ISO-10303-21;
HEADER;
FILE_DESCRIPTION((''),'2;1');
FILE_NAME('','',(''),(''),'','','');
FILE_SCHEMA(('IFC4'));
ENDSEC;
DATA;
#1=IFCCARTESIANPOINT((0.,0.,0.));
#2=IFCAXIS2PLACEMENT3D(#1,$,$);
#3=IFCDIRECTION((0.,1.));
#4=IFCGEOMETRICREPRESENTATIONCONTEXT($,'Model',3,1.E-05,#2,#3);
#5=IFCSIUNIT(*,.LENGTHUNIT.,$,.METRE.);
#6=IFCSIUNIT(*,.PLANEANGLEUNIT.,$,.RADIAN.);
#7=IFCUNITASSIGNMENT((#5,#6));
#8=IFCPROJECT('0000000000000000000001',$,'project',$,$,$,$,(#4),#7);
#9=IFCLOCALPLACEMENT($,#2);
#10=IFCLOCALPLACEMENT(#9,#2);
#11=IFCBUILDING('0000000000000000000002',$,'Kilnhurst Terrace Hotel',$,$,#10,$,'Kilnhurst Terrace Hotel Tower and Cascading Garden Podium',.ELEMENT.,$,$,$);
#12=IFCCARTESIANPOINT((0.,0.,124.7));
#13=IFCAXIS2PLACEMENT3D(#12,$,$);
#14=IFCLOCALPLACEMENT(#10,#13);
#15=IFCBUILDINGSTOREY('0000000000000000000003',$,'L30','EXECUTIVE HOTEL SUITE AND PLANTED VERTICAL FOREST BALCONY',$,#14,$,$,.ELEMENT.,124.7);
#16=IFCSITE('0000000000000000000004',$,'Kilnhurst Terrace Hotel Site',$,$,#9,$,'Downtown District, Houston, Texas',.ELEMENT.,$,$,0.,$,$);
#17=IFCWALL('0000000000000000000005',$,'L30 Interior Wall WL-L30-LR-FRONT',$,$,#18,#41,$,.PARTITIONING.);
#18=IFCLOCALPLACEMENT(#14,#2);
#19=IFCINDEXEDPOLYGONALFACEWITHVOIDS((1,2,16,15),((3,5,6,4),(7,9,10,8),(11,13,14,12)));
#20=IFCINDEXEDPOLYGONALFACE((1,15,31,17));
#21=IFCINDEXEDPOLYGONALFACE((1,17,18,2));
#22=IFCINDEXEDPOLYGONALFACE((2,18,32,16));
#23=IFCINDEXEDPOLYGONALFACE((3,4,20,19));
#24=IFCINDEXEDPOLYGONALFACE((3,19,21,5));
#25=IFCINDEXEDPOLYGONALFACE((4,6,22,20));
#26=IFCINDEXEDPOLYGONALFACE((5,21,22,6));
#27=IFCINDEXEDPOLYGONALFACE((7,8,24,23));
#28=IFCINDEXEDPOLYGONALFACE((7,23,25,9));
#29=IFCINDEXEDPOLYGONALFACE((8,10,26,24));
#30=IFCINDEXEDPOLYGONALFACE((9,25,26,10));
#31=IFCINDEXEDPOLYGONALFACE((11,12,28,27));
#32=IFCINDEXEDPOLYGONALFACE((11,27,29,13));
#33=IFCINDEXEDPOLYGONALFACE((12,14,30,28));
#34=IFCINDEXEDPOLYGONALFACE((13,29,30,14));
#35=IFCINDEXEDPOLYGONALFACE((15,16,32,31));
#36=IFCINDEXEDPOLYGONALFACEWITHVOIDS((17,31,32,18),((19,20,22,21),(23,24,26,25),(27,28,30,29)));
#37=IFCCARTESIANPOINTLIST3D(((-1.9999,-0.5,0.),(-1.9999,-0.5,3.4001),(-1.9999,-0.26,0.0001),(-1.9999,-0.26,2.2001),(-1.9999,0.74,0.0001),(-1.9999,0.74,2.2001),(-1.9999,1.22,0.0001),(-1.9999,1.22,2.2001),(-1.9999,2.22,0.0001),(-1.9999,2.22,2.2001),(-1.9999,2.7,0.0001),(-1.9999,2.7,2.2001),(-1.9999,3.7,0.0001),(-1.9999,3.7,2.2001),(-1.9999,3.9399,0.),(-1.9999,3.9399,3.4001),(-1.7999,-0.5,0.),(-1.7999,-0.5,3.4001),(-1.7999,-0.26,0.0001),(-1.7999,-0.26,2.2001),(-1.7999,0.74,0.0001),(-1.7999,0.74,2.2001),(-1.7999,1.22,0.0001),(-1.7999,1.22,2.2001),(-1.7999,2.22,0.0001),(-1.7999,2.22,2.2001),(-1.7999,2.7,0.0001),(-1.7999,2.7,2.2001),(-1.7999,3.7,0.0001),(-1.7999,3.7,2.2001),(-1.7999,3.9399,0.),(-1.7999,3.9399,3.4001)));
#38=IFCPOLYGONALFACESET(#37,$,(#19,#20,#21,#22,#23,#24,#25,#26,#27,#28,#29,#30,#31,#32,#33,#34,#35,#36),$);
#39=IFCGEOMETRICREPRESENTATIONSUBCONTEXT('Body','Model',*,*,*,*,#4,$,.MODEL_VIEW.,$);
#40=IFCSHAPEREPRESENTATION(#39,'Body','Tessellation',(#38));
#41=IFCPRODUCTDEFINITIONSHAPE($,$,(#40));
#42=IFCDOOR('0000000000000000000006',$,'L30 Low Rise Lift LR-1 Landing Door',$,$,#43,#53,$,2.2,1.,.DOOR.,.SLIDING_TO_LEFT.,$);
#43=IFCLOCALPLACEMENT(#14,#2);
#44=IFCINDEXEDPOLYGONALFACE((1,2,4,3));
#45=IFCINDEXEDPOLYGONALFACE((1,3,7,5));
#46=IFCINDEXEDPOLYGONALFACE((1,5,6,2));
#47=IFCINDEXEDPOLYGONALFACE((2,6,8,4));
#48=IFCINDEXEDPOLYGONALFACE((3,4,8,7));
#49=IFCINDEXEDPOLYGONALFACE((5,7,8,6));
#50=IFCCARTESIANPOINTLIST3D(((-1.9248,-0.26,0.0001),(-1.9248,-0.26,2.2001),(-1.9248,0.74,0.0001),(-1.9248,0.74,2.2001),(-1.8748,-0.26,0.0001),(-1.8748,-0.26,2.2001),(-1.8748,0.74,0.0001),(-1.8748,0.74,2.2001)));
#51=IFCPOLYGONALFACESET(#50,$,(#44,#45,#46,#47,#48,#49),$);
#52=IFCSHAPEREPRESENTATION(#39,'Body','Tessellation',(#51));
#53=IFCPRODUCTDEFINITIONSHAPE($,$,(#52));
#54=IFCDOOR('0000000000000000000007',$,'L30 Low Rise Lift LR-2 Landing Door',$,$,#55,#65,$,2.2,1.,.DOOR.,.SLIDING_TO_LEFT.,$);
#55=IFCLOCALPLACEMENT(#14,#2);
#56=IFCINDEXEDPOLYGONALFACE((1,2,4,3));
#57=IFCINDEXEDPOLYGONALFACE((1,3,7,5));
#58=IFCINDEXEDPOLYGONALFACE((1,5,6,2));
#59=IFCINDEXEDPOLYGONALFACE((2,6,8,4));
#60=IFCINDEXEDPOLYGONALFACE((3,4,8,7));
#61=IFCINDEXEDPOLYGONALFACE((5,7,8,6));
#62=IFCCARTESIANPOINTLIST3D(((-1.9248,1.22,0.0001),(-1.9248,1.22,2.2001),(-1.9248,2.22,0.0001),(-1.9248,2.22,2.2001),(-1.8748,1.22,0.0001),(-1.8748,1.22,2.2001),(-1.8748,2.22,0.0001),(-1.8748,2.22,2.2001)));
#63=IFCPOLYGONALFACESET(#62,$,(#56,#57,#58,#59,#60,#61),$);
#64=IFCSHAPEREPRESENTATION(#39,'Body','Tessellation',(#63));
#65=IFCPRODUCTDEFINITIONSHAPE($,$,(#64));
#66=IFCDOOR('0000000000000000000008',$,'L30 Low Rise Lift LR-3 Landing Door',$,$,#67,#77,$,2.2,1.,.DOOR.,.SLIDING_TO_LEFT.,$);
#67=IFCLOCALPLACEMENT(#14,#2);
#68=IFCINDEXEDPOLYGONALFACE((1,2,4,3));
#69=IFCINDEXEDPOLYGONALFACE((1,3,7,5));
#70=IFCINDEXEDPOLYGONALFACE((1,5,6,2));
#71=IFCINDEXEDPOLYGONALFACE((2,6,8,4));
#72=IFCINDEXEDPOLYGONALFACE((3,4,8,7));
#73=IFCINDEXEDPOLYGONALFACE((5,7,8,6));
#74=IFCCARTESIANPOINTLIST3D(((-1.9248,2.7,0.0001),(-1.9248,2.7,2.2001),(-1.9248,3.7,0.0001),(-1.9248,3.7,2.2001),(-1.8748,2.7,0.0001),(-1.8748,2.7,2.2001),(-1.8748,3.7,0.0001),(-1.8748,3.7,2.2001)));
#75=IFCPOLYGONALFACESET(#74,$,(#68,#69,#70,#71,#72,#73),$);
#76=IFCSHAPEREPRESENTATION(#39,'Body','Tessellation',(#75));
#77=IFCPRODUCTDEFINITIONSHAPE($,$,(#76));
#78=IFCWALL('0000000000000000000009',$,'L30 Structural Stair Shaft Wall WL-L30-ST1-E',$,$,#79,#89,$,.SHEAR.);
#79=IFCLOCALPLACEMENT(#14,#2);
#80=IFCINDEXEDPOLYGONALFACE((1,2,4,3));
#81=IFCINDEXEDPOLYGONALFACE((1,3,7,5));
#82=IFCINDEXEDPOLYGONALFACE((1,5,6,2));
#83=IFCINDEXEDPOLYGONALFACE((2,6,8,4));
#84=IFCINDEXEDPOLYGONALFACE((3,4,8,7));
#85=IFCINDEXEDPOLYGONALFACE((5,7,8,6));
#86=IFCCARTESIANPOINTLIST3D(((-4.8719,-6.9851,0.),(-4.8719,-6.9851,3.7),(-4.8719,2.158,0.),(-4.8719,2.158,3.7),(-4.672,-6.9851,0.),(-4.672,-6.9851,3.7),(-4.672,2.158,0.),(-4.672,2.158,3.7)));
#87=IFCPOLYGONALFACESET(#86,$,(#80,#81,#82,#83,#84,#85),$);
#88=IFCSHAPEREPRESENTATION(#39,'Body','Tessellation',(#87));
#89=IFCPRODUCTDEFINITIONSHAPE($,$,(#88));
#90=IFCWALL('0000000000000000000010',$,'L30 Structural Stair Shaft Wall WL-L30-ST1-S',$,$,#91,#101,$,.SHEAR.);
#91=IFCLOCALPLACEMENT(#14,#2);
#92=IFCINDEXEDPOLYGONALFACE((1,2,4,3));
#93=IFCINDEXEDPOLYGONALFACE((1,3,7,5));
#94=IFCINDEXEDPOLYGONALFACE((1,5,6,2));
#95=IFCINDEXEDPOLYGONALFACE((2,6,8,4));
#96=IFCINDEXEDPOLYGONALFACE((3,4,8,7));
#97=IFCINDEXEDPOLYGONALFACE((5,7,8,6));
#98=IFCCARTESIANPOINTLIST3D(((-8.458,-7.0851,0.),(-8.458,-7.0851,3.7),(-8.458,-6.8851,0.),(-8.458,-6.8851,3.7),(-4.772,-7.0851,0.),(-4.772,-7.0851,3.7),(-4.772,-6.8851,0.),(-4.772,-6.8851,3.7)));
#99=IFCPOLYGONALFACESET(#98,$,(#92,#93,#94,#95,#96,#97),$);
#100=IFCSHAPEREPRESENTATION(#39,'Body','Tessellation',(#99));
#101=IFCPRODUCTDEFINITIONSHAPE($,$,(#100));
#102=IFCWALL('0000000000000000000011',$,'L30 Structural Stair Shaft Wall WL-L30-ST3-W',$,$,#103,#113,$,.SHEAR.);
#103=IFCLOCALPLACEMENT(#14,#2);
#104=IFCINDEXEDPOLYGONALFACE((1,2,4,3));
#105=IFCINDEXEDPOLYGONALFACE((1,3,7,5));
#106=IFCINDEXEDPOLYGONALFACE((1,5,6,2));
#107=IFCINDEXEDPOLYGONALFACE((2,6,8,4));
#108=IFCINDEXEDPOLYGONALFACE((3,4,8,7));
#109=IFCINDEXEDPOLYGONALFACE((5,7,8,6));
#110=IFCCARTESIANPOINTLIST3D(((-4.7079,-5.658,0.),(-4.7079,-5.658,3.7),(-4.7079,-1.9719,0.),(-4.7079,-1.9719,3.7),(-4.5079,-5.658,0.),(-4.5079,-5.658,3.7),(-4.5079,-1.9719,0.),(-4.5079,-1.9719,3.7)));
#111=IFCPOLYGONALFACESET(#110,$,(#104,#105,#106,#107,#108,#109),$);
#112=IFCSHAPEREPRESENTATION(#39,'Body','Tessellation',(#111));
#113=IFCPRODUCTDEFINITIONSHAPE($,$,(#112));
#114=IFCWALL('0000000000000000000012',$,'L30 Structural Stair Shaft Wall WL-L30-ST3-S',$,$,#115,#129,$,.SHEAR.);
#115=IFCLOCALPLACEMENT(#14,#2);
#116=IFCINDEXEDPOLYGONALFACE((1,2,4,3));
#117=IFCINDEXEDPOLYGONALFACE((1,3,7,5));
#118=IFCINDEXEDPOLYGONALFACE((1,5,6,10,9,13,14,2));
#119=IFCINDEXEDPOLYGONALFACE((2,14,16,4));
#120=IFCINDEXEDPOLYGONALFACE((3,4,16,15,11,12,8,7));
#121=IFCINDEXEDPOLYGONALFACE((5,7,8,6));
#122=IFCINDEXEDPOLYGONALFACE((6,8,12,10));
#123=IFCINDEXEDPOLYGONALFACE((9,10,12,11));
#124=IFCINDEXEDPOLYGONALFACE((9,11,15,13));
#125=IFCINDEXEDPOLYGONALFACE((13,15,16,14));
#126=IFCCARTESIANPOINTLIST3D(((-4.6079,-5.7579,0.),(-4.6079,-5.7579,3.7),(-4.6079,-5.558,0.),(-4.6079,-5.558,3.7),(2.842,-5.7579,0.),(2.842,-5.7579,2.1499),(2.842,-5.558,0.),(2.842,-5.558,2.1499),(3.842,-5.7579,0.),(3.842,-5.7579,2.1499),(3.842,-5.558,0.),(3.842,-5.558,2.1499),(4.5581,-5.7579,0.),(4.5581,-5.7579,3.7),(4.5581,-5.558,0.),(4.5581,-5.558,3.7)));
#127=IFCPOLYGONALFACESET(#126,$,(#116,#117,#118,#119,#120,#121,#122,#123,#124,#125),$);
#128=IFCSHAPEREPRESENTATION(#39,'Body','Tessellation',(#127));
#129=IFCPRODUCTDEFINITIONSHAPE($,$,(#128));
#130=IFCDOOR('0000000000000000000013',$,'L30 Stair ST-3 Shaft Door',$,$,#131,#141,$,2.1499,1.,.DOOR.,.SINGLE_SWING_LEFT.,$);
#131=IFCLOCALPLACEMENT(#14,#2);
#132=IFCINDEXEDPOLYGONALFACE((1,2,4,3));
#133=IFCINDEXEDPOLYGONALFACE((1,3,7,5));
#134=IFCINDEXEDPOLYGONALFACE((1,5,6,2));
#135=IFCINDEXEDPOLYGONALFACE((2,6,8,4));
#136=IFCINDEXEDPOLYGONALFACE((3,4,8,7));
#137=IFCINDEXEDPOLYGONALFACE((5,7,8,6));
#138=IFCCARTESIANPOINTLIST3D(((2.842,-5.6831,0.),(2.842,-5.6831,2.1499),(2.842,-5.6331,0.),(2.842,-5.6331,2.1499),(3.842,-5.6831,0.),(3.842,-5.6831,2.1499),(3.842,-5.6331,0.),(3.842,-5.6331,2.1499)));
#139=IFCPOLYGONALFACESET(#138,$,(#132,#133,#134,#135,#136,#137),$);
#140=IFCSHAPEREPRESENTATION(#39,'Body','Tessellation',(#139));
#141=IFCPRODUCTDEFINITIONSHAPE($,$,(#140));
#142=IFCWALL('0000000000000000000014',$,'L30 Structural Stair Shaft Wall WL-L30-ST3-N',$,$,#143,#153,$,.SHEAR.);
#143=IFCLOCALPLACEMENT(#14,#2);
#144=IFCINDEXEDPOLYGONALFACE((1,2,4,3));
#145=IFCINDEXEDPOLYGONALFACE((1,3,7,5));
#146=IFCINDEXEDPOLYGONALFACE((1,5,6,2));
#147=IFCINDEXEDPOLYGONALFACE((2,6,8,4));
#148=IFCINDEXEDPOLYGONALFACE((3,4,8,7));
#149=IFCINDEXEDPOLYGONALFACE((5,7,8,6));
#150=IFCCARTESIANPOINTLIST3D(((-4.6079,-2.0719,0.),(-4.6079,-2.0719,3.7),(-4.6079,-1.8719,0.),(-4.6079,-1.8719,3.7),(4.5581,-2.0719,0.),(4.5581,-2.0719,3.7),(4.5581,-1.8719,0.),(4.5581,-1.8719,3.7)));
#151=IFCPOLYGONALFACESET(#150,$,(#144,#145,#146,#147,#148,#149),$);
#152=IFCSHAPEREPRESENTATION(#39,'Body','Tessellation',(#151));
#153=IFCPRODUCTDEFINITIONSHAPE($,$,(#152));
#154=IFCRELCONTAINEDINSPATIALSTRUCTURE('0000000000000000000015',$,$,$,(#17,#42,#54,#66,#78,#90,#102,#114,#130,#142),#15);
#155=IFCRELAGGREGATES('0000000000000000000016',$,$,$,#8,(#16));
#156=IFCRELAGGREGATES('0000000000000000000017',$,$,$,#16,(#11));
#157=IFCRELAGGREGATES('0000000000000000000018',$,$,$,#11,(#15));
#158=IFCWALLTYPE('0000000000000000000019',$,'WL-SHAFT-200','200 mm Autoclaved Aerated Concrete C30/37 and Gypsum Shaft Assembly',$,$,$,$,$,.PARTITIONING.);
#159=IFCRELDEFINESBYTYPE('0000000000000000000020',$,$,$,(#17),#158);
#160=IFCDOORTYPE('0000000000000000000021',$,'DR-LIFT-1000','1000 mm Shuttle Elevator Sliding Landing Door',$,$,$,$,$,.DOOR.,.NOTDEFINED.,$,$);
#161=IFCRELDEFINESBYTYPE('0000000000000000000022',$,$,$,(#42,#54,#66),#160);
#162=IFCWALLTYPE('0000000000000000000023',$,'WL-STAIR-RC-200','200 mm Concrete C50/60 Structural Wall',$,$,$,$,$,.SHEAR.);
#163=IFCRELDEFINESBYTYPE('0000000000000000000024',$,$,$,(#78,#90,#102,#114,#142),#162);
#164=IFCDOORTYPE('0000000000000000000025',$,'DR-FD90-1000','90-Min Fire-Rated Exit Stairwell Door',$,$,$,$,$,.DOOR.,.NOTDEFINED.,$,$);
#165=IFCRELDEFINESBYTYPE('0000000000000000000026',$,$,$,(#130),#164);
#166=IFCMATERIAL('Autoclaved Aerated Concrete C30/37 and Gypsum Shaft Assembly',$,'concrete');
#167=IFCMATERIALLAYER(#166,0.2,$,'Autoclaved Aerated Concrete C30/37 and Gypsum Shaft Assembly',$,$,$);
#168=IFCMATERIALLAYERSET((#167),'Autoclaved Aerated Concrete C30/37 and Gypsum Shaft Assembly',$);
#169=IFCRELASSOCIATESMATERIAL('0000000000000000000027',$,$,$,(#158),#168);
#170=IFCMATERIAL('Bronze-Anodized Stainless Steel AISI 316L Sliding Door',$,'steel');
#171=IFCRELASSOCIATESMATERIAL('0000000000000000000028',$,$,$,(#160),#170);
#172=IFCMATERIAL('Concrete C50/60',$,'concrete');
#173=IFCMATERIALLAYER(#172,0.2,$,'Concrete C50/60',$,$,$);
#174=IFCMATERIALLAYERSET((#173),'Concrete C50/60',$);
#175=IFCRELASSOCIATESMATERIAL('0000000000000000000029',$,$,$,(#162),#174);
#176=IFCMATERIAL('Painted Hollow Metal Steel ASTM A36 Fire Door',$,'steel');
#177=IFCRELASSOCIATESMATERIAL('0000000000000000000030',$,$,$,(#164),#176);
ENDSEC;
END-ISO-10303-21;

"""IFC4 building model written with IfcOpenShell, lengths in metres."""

from ifc_helpers import new_model, si_unit, direction, frame, frame_2d, origin, place, context, subcontext, project, spatial, rectangle, extrude, material, layer, layer_set, type_object, element, fill, save


model = new_model("IFC4")

# Units and contexts
model_context = context("Model", 3, precision=1e-05, world=origin(), true_north=direction((0.0, 1.0)))
body_context = subcontext(model_context, "Body", "Model", "MODEL_VIEW")
ifc_project = project(units=[si_unit("LENGTHUNIT", "METRE"), si_unit("PLANEANGLEUNIT", "RADIAN")], contexts=[model_context])

# Site, building, storey
site_placement = place(None, origin())
site = spatial("IfcSite", under=ifc_project, at=site_placement, Name="Kilnhurst Terrace Hotel Site", LongName="Downtown District, Houston, Texas", CompositionType="ELEMENT", RefElevation=0.0)
building_placement = place(site_placement, origin())
building = spatial("IfcBuilding", under=site, at=building_placement, Name="Kilnhurst Terrace Hotel", LongName="Kilnhurst Terrace Hotel Tower and Cascading Garden Podium", CompositionType="ELEMENT")
storey_placement = place(building_placement, frame((0.0, 0.0, 124.7)))
storey = spatial("IfcBuildingStorey", under=building, at=storey_placement, Name="L30", Description="EXECUTIVE HOTEL SUITE AND PLANTED VERTICAL FOREST BALCONY", CompositionType="ELEMENT", Elevation=124.7)

# Shared definitions
ifc_material_1 = material(Name="Concrete C50/60", Category="concrete")

# Shared definitions
ifc_material_2 = material(Name="Autoclaved Aerated Concrete C30/37 and Gypsum Shaft Assembly", Category="concrete")
ifc_layer_1 = layer(ifc_material_2, 0.2, Name="Autoclaved Aerated Concrete C30/37 and Gypsum Shaft Assembly")
ifc_layer_set_1 = layer_set([ifc_layer_1], Name="Autoclaved Aerated Concrete C30/37 and Gypsum Shaft Assembly")
wall_type_1 = type_object("IfcWallType", Name="WL-SHAFT-200", Description="200 mm Autoclaved Aerated Concrete C30/37 and Gypsum Shaft Assembly", PredefinedType="PARTITIONING", material=ifc_layer_set_1)
ifc_material_3 = material(Name="Bronze-Anodized Stainless Steel AISI 316L Sliding Door", Category="steel")
door_type_1 = type_object("IfcDoorType", Name="DR-LIFT-1000", Description="1000 mm Shuttle Elevator Sliding Landing Door", OperationType="NOTDEFINED", PredefinedType="DOOR", material=ifc_material_3)

# Wall, openings, doors
wall_1_placement = place(storey_placement, frame((-1.8999, -0.5, 0.0), z_axis=(0.0, 0.0, 1.0), x_axis=(0.0, 1.0, 0.0)))
wall_1 = element("IfcWall", 1, at=wall_1_placement, inside=storey, type_object=wall_type_1, Name="L30 Interior Wall WL-L30-LR-FRONT", PredefinedType="PARTITIONING", context=body_context, shape_type="SweptSolid", body=[
    extrude(rectangle(XDim=4.4399, YDim=0.2, at=frame_2d((2.22, 0.0))), origin(), (0.0, 0.0, 1.0), 3.4001),
])
opening_1_placement = place(wall_1_placement, frame((0.24, 0.0, 0.0)))
opening_1 = element("IfcOpeningElement", 2, at=opening_1_placement, cuts=wall_1, PredefinedType="OPENING", context=body_context, shape_type="SweptSolid", body=[
    extrude(rectangle(XDim=1.0, YDim=2.2, at=frame_2d((0.5, 1.1001))), frame((0.0, 0.1099, 0.0), z_axis=(0.0, -1.0, 0.0), x_axis=(1.0, 0.0, 0.0)), (0.0, 0.0, 1.0), 0.22),
])
opening_2_placement = place(wall_1_placement, frame((1.72, 0.0, 0.0)))
opening_2 = element("IfcOpeningElement", 3, at=opening_2_placement, cuts=wall_1, PredefinedType="OPENING", context=body_context, shape_type="SweptSolid", body=[
    extrude(rectangle(XDim=1.0, YDim=2.2, at=frame_2d((0.5, 1.1001))), frame((0.0, 0.1099, 0.0), z_axis=(0.0, -1.0, 0.0), x_axis=(1.0, 0.0, 0.0)), (0.0, 0.0, 1.0), 0.22),
])
opening_3_placement = place(wall_1_placement, frame((3.2, 0.0, 0.0)))
opening_3 = element("IfcOpeningElement", 4, at=opening_3_placement, cuts=wall_1, PredefinedType="OPENING", context=body_context, shape_type="SweptSolid", body=[
    extrude(rectangle(XDim=1.0, YDim=2.2, at=frame_2d((0.5, 1.1001))), frame((0.0, 0.1099, 0.0), z_axis=(0.0, -1.0, 0.0), x_axis=(1.0, 0.0, 0.0)), (0.0, 0.0, 1.0), 0.22),
])
door_1_placement = place(opening_1_placement, origin())
door_1 = element("IfcDoor", 5, at=door_1_placement, inside=storey, type_object=door_type_1, Name="L30 Low Rise Lift LR-1 Landing Door", OperationType="SLIDING_TO_LEFT", OverallHeight=2.2, OverallWidth=1.0, PredefinedType="DOOR", context=body_context, shape_type="SweptSolid", body=[
    extrude(rectangle(XDim=1.0, YDim=2.2, at=frame_2d((0.5, 1.1001))), frame((0.0, 0.0249, 0.0), z_axis=(0.0, -1.0, 0.0), x_axis=(1.0, 0.0, 0.0)), (0.0, 0.0, 1.0), 0.05),
])
fill(opening_1, door_1)
door_2_placement = place(opening_2_placement, origin())
door_2 = element("IfcDoor", 6, at=door_2_placement, inside=storey, type_object=door_type_1, Name="L30 Low Rise Lift LR-2 Landing Door", OperationType="SLIDING_TO_LEFT", OverallHeight=2.2, OverallWidth=1.0, PredefinedType="DOOR", context=body_context, shape_type="SweptSolid", body=[
    extrude(rectangle(XDim=1.0, YDim=2.2, at=frame_2d((0.5, 1.1001))), frame((0.0, 0.0249, 0.0), z_axis=(0.0, -1.0, 0.0), x_axis=(1.0, 0.0, 0.0)), (0.0, 0.0, 1.0), 0.05),
])
fill(opening_2, door_2)
door_3_placement = place(opening_3_placement, origin())
door_3 = element("IfcDoor", 7, at=door_3_placement, inside=storey, type_object=door_type_1, Name="L30 Low Rise Lift LR-3 Landing Door", OperationType="SLIDING_TO_LEFT", OverallHeight=2.2, OverallWidth=1.0, PredefinedType="DOOR", context=body_context, shape_type="SweptSolid", body=[
    extrude(rectangle(XDim=1.0, YDim=2.2, at=frame_2d((0.5, 1.1001))), frame((0.0, 0.0249, 0.0), z_axis=(0.0, -1.0, 0.0), x_axis=(1.0, 0.0, 0.0)), (0.0, 0.0, 1.0), 0.05),
])
fill(opening_3, door_3)

# Walls
ifc_layer_2 = layer(ifc_material_1, 0.2, Name="Concrete C50/60")
ifc_layer_set_2 = layer_set([ifc_layer_2], Name="Concrete C50/60")
wall_type_2 = type_object("IfcWallType", Name="WL-STAIR-RC-200", Description="200 mm Concrete C50/60 Structural Wall", PredefinedType="SHEAR", material=ifc_layer_set_2)
wall_2_placement = place(storey_placement, frame((-4.772, -6.9851, 0.0), z_axis=(0.0, 0.0, 1.0), x_axis=(0.0, 1.0, 0.0)))
element("IfcWall", 8, at=wall_2_placement, inside=storey, type_object=wall_type_2, Name="L30 Structural Stair Shaft Wall WL-L30-ST1-E", PredefinedType="SHEAR", context=body_context, shape_type="SweptSolid", body=[
    extrude(rectangle(XDim=9.1431, YDim=0.2, at=frame_2d((4.5715, 0.0))), origin(), (0.0, 0.0, 1.0), 3.7),
])
for number, where, z_axis, x_axis, name in (
    (9, (-8.458, -6.9851, 0.0), (0.0, 0.0, 1.0), (1.0, 0.0, 0.0), "L30 Structural Stair Shaft Wall WL-L30-ST1-S"),
    (10, (-4.6079, -5.658, 0.0), (0.0, 0.0, 1.0), (0.0, 1.0, 0.0), "L30 Structural Stair Shaft Wall WL-L30-ST3-W"),
):
    element("IfcWall", number, at=place(storey_placement, frame(where, z_axis=z_axis, x_axis=x_axis)), inside=storey, type_object=wall_type_2, Name=name, PredefinedType="SHEAR", context=body_context, shape_type="SweptSolid", body=[
        extrude(rectangle(XDim=3.686, YDim=0.2, at=frame_2d((1.843, 0.0))), origin(), (0.0, 0.0, 1.0), 3.7),
    ])

# Wall, opening, door
wall_3_placement = place(storey_placement, frame((-4.6079, -5.658, 0.0), z_axis=(0.0, 0.0, 1.0), x_axis=(1.0, 0.0, 0.0)))
wall_3 = element("IfcWall", 11, at=wall_3_placement, inside=storey, type_object=wall_type_2, Name="L30 Structural Stair Shaft Wall WL-L30-ST3-S", PredefinedType="SHEAR", context=body_context, shape_type="SweptSolid", body=[
    extrude(rectangle(XDim=9.166, YDim=0.2, at=frame_2d((4.583, 0.0))), origin(), (0.0, 0.0, 1.0), 3.7),
])
opening_4_placement = place(wall_3_placement, frame((7.45, 0.0, 0.0)))
opening_4 = element("IfcOpeningElement", 12, at=opening_4_placement, cuts=wall_3, PredefinedType="OPENING", context=body_context, shape_type="SweptSolid", body=[
    extrude(rectangle(XDim=1.0, YDim=2.1499, at=frame_2d((0.5, 1.075))), frame((0.0, 0.1099, 0.0), z_axis=(0.0, -1.0, 0.0), x_axis=(1.0, 0.0, 0.0)), (0.0, 0.0, 1.0), 0.22),
])
ifc_material_4 = material(Name="Painted Hollow Metal Steel ASTM A36 Fire Door", Category="steel")
door_type_2 = type_object("IfcDoorType", Name="DR-FD90-1000", Description="90-Min Fire-Rated Exit Stairwell Door", OperationType="NOTDEFINED", PredefinedType="DOOR", material=ifc_material_4)
door_4_placement = place(opening_4_placement, origin())
door_4 = element("IfcDoor", 13, at=door_4_placement, inside=storey, type_object=door_type_2, Name="L30 Stair ST-3 Shaft Door", OperationType="SINGLE_SWING_LEFT", OverallHeight=2.1499, OverallWidth=1.0, PredefinedType="DOOR", context=body_context, shape_type="SweptSolid", body=[
    extrude(rectangle(XDim=1.0, YDim=2.1499, at=frame_2d((0.5, 1.075))), frame((0.0, 0.0249, 0.0), z_axis=(0.0, -1.0, 0.0), x_axis=(1.0, 0.0, 0.0)), (0.0, 0.0, 1.0), 0.05),
])
fill(opening_4, door_4)

# Wall
wall_4_placement = place(storey_placement, frame((-4.6079, -1.9719, 0.0), z_axis=(0.0, 0.0, 1.0), x_axis=(1.0, 0.0, 0.0)))
element("IfcWall", 14, at=wall_4_placement, inside=storey, type_object=wall_type_2, Name="L30 Structural Stair Shaft Wall WL-L30-ST3-N", PredefinedType="SHEAR", context=body_context, shape_type="SweptSolid", body=[
    extrude(rectangle(XDim=9.166, YDim=0.2, at=frame_2d((4.583, 0.0))), origin(), (0.0, 0.0, 1.0), 3.7),
])

save(model, "model.ifc")
